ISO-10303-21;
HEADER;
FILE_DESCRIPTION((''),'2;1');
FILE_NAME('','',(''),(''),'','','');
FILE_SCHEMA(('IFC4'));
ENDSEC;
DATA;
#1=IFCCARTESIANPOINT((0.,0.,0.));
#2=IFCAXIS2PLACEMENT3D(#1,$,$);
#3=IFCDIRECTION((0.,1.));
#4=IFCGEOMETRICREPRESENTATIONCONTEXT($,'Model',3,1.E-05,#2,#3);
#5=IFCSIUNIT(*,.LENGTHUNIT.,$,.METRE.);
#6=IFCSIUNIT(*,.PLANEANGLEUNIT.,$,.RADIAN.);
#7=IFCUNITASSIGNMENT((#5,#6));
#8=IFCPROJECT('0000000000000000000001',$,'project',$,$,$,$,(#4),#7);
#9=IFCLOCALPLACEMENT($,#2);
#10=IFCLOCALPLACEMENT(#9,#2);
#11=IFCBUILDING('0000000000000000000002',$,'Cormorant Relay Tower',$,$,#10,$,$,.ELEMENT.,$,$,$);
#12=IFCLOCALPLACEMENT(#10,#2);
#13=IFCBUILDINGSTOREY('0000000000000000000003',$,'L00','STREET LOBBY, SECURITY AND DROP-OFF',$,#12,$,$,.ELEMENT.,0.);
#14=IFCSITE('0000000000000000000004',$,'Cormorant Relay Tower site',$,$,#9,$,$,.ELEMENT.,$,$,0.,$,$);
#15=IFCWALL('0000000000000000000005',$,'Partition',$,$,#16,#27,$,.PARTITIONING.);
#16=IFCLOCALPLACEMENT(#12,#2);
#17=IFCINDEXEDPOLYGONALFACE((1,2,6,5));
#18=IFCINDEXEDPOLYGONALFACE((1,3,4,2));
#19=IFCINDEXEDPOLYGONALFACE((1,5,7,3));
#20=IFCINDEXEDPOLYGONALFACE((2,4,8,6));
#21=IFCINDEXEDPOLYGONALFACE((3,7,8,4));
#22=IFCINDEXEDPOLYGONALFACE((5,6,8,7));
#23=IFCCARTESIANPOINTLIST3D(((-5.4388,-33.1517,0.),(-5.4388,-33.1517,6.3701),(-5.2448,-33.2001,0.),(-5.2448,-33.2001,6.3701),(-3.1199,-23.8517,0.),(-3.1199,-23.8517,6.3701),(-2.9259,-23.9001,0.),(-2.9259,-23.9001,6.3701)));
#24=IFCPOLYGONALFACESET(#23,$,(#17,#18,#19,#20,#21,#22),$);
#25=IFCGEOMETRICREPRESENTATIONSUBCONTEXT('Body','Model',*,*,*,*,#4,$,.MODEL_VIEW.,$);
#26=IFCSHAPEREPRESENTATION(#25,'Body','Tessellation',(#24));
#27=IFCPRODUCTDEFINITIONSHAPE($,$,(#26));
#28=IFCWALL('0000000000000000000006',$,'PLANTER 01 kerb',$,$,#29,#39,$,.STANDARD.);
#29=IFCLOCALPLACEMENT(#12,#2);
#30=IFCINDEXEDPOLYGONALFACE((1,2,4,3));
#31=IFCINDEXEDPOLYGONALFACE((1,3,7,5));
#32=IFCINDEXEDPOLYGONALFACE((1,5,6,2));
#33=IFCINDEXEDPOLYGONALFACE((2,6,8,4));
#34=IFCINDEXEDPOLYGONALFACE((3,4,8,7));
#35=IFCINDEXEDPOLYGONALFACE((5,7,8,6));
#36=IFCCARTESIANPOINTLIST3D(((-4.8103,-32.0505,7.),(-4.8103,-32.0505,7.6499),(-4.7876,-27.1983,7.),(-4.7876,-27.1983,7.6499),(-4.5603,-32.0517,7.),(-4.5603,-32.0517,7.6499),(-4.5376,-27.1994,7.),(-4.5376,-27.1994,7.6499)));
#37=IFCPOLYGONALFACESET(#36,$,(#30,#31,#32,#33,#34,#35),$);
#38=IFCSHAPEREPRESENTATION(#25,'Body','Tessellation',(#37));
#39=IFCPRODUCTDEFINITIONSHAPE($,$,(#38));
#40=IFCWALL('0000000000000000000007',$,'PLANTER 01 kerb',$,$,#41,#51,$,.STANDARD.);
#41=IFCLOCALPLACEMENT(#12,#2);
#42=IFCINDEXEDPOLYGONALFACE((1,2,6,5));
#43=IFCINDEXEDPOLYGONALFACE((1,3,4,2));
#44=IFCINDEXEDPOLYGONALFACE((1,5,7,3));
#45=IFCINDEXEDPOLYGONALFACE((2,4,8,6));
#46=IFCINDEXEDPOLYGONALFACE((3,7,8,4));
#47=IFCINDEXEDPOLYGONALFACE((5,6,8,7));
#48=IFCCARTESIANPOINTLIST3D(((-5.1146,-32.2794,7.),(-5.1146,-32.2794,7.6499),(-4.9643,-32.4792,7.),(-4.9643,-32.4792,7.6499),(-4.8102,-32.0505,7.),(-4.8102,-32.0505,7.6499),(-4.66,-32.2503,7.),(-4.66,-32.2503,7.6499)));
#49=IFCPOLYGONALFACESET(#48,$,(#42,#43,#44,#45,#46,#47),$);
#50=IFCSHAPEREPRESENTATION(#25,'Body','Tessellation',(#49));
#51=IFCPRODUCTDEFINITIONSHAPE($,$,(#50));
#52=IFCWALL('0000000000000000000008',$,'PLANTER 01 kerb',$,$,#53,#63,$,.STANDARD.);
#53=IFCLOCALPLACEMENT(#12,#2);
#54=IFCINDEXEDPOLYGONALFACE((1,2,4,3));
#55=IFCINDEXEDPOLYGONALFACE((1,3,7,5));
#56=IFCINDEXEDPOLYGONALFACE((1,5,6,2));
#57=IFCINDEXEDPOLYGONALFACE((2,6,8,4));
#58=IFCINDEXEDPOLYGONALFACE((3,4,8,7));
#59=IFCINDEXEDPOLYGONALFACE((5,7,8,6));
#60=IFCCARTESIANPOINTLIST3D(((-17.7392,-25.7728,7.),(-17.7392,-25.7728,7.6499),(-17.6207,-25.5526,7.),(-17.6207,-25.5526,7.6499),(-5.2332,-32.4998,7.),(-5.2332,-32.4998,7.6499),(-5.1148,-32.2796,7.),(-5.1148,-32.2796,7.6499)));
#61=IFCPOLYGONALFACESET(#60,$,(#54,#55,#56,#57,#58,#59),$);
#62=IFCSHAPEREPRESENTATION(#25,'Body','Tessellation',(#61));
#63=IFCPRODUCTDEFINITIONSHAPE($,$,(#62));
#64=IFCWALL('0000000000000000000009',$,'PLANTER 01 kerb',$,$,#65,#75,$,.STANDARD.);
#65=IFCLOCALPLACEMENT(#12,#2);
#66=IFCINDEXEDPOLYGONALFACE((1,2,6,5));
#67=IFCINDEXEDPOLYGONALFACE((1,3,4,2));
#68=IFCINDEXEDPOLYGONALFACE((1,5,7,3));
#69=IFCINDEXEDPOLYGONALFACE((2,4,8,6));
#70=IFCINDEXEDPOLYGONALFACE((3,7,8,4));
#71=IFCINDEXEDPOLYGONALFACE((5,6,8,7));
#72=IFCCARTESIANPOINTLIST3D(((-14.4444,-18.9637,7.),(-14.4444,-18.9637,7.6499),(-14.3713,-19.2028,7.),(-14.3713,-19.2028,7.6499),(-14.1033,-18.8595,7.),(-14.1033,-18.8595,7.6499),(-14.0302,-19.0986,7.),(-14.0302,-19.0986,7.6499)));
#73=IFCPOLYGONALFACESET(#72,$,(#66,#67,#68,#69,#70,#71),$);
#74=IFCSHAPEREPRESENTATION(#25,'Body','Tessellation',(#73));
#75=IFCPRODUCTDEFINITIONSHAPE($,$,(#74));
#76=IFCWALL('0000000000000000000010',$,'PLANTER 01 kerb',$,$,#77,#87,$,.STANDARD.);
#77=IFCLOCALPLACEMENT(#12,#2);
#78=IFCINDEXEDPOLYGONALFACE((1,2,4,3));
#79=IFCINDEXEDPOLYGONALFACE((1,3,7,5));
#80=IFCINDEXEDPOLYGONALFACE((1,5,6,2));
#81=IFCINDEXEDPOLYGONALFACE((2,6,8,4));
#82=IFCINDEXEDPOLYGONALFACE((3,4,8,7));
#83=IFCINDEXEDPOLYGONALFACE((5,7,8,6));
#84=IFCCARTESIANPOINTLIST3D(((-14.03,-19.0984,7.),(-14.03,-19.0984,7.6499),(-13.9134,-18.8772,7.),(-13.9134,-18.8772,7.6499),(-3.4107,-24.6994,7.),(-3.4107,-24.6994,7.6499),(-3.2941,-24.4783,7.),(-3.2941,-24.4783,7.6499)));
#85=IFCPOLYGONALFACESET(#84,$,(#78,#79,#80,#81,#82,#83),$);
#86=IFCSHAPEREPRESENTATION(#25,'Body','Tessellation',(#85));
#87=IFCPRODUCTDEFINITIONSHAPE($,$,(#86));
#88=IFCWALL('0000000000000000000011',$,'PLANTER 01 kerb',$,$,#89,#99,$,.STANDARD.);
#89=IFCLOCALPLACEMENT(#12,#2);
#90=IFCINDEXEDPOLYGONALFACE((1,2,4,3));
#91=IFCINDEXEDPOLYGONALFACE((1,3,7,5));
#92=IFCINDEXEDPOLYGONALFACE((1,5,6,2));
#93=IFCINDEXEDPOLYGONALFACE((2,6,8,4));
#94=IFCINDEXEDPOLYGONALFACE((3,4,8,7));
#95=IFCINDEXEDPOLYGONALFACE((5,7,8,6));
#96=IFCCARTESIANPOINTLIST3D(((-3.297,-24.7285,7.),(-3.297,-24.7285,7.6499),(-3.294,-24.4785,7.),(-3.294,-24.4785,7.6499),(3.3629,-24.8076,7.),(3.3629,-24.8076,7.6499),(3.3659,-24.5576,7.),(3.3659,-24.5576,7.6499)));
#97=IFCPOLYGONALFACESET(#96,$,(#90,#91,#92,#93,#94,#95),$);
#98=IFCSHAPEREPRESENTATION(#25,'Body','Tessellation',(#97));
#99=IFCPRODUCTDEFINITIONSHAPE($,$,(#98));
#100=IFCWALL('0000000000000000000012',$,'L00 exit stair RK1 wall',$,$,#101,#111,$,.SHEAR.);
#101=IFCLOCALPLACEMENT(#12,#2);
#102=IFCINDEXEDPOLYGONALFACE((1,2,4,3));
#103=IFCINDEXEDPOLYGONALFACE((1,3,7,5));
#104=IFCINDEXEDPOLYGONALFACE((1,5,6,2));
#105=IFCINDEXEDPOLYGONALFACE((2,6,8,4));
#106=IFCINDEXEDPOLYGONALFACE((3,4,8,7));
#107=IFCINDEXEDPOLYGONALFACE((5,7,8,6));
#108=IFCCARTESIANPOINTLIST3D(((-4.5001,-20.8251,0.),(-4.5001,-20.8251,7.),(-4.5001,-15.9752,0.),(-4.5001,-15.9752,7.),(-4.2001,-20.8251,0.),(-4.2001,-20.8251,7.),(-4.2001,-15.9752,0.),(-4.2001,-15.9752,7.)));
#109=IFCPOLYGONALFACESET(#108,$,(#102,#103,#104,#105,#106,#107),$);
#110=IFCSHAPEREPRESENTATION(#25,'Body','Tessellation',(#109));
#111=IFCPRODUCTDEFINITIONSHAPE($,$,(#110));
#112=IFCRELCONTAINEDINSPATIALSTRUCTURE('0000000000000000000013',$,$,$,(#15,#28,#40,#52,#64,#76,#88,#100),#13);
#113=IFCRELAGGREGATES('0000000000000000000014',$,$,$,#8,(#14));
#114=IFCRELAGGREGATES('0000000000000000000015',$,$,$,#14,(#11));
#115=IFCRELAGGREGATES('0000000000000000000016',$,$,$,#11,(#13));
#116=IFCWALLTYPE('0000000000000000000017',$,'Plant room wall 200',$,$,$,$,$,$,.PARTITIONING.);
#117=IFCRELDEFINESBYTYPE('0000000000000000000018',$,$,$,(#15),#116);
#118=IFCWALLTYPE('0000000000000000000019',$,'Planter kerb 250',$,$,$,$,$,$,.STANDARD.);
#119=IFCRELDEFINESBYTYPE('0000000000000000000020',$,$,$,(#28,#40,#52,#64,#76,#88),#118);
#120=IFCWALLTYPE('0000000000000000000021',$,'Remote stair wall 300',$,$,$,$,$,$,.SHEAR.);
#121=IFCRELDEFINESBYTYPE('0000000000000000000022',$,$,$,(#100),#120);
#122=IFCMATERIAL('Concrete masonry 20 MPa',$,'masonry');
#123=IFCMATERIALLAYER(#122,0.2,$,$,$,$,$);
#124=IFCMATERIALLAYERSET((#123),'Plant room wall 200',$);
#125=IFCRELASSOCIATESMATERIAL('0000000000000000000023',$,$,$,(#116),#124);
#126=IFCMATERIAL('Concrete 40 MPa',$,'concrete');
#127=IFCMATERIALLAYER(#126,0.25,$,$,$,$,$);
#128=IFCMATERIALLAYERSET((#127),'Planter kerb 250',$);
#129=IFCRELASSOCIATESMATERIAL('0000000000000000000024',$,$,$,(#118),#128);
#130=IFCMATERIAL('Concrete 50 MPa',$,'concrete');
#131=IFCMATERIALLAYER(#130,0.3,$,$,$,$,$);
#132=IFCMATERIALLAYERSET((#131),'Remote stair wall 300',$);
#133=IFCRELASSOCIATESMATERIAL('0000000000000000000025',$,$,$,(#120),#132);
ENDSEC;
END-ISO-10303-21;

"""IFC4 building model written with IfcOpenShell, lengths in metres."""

from ifc_helpers import new_model, si_unit, direction, frame, frame_2d, origin, place, context, subcontext, project, spatial, rectangle, extrude, material, layer, layer_set, type_object, element, save


model = new_model("IFC4")

# Units and contexts
model_context = context("Model", 3, precision=1e-05, world=origin(), true_north=direction((0.0, 1.0)))
body_context = subcontext(model_context, "Body", "Model", "MODEL_VIEW")
ifc_project = project(units=[si_unit("LENGTHUNIT", "METRE"), si_unit("PLANEANGLEUNIT", "RADIAN")], contexts=[model_context])

# Site, building, storey
site_placement = place(None, origin())
site = spatial("IfcSite", under=ifc_project, at=site_placement, Name="Cormorant Relay Tower site", CompositionType="ELEMENT", RefElevation=0.0)
building_placement = place(site_placement, origin())
building = spatial("IfcBuilding", under=site, at=building_placement, Name="Cormorant Relay Tower", CompositionType="ELEMENT")
storey_placement = place(building_placement, origin())
storey = spatial("IfcBuildingStorey", under=building, at=storey_placement, Name="L00", Description="STREET LOBBY, SECURITY AND DROP-OFF", CompositionType="ELEMENT", Elevation=0.0)

# Walls
ifc_material_1 = material(Name="Concrete masonry 20 MPa", Category="masonry")
ifc_layer_1 = layer(ifc_material_1, 0.2)
ifc_layer_set_1 = layer_set([ifc_layer_1], Name="Plant room wall 200")
wall_type_1 = type_object("IfcWallType", Name="Plant room wall 200", PredefinedType="PARTITIONING", material=ifc_layer_set_1)
wall_1_placement = place(storey_placement, frame((-5.3418, -33.176, 0.0), z_axis=(0.0, 0.0, 1.0), x_axis=(0.24193, 0.970294, 0.0)))
element("IfcWall", 1, at=wall_1_placement, inside=storey, type_object=wall_type_1, Name="Partition", PredefinedType="PARTITIONING", context=body_context, shape_type="SweptSolid", body=[
    extrude(rectangle(XDim=9.5847, YDim=0.2, at=frame_2d((4.7925, 0.0))), origin(), (0.0, 0.0, 1.0), 6.3701),
])
ifc_material_2 = material(Name="Concrete 40 MPa", Category="concrete")
ifc_layer_2 = layer(ifc_material_2, 0.25)
ifc_layer_set_2 = layer_set([ifc_layer_2], Name="Planter kerb 250")
wall_type_2 = type_object("IfcWallType", Name="Planter kerb 250", PredefinedType="STANDARD", material=ifc_layer_set_2)
wall_2_placement = place(storey_placement, frame((-4.6626, -27.1987, 7.0), z_axis=(0.0, 0.0, 1.0), x_axis=(-0.004679, -0.999989, 0.0)))
element("IfcWall", 2, at=wall_2_placement, inside=storey, type_object=wall_type_2, Name="PLANTER 01 kerb", PredefinedType="STANDARD", context=body_context, shape_type="SweptSolid", body=[
    extrude(rectangle(XDim=4.8523, YDim=0.25, at=frame_2d((2.4263, 0.0))), origin(), (0.0, 0.0, 1.0), 0.6499),
])
wall_3_placement = place(storey_placement, frame((-4.7351, -32.1504, 7.0), z_axis=(0.0, 0.0, 1.0), x_axis=(-0.799153, -0.601127, 0.0)))
element("IfcWall", 3, at=wall_3_placement, inside=storey, type_object=wall_type_2, Name="PLANTER 01 kerb", PredefinedType="STANDARD", context=body_context, shape_type="SweptSolid", body=[
    extrude(rectangle(XDim=0.3809, YDim=0.25, at=frame_2d((0.1904, 0.0))), origin(), (0.0, 0.0, 1.0), 0.6499),
])
wall_4_placement = place(storey_placement, frame((-5.1741, -32.3896, 7.0), z_axis=(0.0, 0.0, 1.0), x_axis=(-0.880677, 0.473717, 0.0)))
element("IfcWall", 4, at=wall_4_placement, inside=storey, type_object=wall_type_2, Name="PLANTER 01 kerb", PredefinedType="STANDARD", context=body_context, shape_type="SweptSolid", body=[
    extrude(rectangle(XDim=14.2004, YDim=0.25, at=frame_2d((7.1001, 0.0))), origin(), (0.0, 0.0, 1.0), 0.6499),
])
wall_5_placement = place(storey_placement, frame((-14.4077, -19.0833, 7.0), z_axis=(0.0, 0.0, 1.0), x_axis=(0.956325, 0.292305, 0.0)))
element("IfcWall", 5, at=wall_5_placement, inside=storey, type_object=wall_type_2, Name="PLANTER 01 kerb", PredefinedType="STANDARD", context=body_context, shape_type="SweptSolid", body=[
    extrude(rectangle(XDim=0.3567, YDim=0.25, at=frame_2d((0.1782, 0.0))), origin(), (0.0, 0.0, 1.0), 0.6499),
])
wall_6_placement = place(storey_placement, frame((-13.9717, -18.9878, 7.0), z_axis=(0.0, 0.0, 1.0), x_axis=(0.884509, -0.466524, 0.0)))
element("IfcWall", 6, at=wall_6_placement, inside=storey, type_object=wall_type_2, Name="PLANTER 01 kerb", PredefinedType="STANDARD", context=body_context, shape_type="SweptSolid", body=[
    extrude(rectangle(XDim=12.0059, YDim=0.25, at=frame_2d((6.0029, 0.0))), origin(), (0.0, 0.0, 1.0), 0.6499),
])
wall_7_placement = place(storey_placement, frame((-3.2954, -24.6035, 7.0), z_axis=(0.0, 0.0, 1.0), x_axis=(0.999929, -0.011876, 0.0)))
element("IfcWall", 7, at=wall_7_placement, inside=storey, type_object=wall_type_2, Name="PLANTER 01 kerb", PredefinedType="STANDARD", context=body_context, shape_type="SweptSolid", body=[
    extrude(rectangle(XDim=6.6604, YDim=0.25, at=frame_2d((3.3301, 0.0))), origin(), (0.0, 0.0, 1.0), 0.6499),
])
ifc_material_3 = material(Name="Concrete 50 MPa", Category="concrete")
ifc_layer_3 = layer(ifc_material_3, 0.3)
ifc_layer_set_3 = layer_set([ifc_layer_3], Name="Remote stair wall 300")
wall_type_3 = type_object("IfcWallType", Name="Remote stair wall 300", PredefinedType="SHEAR", material=ifc_layer_set_3)
wall_8_placement = place(storey_placement, frame((-4.3501, -20.825, 0.0), z_axis=(0.0, 0.0, 1.0), x_axis=(0.0, 1.0, 0.0)))
element("IfcWall", 8, at=wall_8_placement, inside=storey, type_object=wall_type_3, Name="L00 exit stair RK1 wall", PredefinedType="SHEAR", context=body_context, shape_type="SweptSolid", body=[
    extrude(rectangle(XDim=4.8499, YDim=0.3, at=frame_2d((2.4248, 0.0))), origin(), (0.0, 0.0, 1.0), 7.0),
])

save(model, "model.ifc")
